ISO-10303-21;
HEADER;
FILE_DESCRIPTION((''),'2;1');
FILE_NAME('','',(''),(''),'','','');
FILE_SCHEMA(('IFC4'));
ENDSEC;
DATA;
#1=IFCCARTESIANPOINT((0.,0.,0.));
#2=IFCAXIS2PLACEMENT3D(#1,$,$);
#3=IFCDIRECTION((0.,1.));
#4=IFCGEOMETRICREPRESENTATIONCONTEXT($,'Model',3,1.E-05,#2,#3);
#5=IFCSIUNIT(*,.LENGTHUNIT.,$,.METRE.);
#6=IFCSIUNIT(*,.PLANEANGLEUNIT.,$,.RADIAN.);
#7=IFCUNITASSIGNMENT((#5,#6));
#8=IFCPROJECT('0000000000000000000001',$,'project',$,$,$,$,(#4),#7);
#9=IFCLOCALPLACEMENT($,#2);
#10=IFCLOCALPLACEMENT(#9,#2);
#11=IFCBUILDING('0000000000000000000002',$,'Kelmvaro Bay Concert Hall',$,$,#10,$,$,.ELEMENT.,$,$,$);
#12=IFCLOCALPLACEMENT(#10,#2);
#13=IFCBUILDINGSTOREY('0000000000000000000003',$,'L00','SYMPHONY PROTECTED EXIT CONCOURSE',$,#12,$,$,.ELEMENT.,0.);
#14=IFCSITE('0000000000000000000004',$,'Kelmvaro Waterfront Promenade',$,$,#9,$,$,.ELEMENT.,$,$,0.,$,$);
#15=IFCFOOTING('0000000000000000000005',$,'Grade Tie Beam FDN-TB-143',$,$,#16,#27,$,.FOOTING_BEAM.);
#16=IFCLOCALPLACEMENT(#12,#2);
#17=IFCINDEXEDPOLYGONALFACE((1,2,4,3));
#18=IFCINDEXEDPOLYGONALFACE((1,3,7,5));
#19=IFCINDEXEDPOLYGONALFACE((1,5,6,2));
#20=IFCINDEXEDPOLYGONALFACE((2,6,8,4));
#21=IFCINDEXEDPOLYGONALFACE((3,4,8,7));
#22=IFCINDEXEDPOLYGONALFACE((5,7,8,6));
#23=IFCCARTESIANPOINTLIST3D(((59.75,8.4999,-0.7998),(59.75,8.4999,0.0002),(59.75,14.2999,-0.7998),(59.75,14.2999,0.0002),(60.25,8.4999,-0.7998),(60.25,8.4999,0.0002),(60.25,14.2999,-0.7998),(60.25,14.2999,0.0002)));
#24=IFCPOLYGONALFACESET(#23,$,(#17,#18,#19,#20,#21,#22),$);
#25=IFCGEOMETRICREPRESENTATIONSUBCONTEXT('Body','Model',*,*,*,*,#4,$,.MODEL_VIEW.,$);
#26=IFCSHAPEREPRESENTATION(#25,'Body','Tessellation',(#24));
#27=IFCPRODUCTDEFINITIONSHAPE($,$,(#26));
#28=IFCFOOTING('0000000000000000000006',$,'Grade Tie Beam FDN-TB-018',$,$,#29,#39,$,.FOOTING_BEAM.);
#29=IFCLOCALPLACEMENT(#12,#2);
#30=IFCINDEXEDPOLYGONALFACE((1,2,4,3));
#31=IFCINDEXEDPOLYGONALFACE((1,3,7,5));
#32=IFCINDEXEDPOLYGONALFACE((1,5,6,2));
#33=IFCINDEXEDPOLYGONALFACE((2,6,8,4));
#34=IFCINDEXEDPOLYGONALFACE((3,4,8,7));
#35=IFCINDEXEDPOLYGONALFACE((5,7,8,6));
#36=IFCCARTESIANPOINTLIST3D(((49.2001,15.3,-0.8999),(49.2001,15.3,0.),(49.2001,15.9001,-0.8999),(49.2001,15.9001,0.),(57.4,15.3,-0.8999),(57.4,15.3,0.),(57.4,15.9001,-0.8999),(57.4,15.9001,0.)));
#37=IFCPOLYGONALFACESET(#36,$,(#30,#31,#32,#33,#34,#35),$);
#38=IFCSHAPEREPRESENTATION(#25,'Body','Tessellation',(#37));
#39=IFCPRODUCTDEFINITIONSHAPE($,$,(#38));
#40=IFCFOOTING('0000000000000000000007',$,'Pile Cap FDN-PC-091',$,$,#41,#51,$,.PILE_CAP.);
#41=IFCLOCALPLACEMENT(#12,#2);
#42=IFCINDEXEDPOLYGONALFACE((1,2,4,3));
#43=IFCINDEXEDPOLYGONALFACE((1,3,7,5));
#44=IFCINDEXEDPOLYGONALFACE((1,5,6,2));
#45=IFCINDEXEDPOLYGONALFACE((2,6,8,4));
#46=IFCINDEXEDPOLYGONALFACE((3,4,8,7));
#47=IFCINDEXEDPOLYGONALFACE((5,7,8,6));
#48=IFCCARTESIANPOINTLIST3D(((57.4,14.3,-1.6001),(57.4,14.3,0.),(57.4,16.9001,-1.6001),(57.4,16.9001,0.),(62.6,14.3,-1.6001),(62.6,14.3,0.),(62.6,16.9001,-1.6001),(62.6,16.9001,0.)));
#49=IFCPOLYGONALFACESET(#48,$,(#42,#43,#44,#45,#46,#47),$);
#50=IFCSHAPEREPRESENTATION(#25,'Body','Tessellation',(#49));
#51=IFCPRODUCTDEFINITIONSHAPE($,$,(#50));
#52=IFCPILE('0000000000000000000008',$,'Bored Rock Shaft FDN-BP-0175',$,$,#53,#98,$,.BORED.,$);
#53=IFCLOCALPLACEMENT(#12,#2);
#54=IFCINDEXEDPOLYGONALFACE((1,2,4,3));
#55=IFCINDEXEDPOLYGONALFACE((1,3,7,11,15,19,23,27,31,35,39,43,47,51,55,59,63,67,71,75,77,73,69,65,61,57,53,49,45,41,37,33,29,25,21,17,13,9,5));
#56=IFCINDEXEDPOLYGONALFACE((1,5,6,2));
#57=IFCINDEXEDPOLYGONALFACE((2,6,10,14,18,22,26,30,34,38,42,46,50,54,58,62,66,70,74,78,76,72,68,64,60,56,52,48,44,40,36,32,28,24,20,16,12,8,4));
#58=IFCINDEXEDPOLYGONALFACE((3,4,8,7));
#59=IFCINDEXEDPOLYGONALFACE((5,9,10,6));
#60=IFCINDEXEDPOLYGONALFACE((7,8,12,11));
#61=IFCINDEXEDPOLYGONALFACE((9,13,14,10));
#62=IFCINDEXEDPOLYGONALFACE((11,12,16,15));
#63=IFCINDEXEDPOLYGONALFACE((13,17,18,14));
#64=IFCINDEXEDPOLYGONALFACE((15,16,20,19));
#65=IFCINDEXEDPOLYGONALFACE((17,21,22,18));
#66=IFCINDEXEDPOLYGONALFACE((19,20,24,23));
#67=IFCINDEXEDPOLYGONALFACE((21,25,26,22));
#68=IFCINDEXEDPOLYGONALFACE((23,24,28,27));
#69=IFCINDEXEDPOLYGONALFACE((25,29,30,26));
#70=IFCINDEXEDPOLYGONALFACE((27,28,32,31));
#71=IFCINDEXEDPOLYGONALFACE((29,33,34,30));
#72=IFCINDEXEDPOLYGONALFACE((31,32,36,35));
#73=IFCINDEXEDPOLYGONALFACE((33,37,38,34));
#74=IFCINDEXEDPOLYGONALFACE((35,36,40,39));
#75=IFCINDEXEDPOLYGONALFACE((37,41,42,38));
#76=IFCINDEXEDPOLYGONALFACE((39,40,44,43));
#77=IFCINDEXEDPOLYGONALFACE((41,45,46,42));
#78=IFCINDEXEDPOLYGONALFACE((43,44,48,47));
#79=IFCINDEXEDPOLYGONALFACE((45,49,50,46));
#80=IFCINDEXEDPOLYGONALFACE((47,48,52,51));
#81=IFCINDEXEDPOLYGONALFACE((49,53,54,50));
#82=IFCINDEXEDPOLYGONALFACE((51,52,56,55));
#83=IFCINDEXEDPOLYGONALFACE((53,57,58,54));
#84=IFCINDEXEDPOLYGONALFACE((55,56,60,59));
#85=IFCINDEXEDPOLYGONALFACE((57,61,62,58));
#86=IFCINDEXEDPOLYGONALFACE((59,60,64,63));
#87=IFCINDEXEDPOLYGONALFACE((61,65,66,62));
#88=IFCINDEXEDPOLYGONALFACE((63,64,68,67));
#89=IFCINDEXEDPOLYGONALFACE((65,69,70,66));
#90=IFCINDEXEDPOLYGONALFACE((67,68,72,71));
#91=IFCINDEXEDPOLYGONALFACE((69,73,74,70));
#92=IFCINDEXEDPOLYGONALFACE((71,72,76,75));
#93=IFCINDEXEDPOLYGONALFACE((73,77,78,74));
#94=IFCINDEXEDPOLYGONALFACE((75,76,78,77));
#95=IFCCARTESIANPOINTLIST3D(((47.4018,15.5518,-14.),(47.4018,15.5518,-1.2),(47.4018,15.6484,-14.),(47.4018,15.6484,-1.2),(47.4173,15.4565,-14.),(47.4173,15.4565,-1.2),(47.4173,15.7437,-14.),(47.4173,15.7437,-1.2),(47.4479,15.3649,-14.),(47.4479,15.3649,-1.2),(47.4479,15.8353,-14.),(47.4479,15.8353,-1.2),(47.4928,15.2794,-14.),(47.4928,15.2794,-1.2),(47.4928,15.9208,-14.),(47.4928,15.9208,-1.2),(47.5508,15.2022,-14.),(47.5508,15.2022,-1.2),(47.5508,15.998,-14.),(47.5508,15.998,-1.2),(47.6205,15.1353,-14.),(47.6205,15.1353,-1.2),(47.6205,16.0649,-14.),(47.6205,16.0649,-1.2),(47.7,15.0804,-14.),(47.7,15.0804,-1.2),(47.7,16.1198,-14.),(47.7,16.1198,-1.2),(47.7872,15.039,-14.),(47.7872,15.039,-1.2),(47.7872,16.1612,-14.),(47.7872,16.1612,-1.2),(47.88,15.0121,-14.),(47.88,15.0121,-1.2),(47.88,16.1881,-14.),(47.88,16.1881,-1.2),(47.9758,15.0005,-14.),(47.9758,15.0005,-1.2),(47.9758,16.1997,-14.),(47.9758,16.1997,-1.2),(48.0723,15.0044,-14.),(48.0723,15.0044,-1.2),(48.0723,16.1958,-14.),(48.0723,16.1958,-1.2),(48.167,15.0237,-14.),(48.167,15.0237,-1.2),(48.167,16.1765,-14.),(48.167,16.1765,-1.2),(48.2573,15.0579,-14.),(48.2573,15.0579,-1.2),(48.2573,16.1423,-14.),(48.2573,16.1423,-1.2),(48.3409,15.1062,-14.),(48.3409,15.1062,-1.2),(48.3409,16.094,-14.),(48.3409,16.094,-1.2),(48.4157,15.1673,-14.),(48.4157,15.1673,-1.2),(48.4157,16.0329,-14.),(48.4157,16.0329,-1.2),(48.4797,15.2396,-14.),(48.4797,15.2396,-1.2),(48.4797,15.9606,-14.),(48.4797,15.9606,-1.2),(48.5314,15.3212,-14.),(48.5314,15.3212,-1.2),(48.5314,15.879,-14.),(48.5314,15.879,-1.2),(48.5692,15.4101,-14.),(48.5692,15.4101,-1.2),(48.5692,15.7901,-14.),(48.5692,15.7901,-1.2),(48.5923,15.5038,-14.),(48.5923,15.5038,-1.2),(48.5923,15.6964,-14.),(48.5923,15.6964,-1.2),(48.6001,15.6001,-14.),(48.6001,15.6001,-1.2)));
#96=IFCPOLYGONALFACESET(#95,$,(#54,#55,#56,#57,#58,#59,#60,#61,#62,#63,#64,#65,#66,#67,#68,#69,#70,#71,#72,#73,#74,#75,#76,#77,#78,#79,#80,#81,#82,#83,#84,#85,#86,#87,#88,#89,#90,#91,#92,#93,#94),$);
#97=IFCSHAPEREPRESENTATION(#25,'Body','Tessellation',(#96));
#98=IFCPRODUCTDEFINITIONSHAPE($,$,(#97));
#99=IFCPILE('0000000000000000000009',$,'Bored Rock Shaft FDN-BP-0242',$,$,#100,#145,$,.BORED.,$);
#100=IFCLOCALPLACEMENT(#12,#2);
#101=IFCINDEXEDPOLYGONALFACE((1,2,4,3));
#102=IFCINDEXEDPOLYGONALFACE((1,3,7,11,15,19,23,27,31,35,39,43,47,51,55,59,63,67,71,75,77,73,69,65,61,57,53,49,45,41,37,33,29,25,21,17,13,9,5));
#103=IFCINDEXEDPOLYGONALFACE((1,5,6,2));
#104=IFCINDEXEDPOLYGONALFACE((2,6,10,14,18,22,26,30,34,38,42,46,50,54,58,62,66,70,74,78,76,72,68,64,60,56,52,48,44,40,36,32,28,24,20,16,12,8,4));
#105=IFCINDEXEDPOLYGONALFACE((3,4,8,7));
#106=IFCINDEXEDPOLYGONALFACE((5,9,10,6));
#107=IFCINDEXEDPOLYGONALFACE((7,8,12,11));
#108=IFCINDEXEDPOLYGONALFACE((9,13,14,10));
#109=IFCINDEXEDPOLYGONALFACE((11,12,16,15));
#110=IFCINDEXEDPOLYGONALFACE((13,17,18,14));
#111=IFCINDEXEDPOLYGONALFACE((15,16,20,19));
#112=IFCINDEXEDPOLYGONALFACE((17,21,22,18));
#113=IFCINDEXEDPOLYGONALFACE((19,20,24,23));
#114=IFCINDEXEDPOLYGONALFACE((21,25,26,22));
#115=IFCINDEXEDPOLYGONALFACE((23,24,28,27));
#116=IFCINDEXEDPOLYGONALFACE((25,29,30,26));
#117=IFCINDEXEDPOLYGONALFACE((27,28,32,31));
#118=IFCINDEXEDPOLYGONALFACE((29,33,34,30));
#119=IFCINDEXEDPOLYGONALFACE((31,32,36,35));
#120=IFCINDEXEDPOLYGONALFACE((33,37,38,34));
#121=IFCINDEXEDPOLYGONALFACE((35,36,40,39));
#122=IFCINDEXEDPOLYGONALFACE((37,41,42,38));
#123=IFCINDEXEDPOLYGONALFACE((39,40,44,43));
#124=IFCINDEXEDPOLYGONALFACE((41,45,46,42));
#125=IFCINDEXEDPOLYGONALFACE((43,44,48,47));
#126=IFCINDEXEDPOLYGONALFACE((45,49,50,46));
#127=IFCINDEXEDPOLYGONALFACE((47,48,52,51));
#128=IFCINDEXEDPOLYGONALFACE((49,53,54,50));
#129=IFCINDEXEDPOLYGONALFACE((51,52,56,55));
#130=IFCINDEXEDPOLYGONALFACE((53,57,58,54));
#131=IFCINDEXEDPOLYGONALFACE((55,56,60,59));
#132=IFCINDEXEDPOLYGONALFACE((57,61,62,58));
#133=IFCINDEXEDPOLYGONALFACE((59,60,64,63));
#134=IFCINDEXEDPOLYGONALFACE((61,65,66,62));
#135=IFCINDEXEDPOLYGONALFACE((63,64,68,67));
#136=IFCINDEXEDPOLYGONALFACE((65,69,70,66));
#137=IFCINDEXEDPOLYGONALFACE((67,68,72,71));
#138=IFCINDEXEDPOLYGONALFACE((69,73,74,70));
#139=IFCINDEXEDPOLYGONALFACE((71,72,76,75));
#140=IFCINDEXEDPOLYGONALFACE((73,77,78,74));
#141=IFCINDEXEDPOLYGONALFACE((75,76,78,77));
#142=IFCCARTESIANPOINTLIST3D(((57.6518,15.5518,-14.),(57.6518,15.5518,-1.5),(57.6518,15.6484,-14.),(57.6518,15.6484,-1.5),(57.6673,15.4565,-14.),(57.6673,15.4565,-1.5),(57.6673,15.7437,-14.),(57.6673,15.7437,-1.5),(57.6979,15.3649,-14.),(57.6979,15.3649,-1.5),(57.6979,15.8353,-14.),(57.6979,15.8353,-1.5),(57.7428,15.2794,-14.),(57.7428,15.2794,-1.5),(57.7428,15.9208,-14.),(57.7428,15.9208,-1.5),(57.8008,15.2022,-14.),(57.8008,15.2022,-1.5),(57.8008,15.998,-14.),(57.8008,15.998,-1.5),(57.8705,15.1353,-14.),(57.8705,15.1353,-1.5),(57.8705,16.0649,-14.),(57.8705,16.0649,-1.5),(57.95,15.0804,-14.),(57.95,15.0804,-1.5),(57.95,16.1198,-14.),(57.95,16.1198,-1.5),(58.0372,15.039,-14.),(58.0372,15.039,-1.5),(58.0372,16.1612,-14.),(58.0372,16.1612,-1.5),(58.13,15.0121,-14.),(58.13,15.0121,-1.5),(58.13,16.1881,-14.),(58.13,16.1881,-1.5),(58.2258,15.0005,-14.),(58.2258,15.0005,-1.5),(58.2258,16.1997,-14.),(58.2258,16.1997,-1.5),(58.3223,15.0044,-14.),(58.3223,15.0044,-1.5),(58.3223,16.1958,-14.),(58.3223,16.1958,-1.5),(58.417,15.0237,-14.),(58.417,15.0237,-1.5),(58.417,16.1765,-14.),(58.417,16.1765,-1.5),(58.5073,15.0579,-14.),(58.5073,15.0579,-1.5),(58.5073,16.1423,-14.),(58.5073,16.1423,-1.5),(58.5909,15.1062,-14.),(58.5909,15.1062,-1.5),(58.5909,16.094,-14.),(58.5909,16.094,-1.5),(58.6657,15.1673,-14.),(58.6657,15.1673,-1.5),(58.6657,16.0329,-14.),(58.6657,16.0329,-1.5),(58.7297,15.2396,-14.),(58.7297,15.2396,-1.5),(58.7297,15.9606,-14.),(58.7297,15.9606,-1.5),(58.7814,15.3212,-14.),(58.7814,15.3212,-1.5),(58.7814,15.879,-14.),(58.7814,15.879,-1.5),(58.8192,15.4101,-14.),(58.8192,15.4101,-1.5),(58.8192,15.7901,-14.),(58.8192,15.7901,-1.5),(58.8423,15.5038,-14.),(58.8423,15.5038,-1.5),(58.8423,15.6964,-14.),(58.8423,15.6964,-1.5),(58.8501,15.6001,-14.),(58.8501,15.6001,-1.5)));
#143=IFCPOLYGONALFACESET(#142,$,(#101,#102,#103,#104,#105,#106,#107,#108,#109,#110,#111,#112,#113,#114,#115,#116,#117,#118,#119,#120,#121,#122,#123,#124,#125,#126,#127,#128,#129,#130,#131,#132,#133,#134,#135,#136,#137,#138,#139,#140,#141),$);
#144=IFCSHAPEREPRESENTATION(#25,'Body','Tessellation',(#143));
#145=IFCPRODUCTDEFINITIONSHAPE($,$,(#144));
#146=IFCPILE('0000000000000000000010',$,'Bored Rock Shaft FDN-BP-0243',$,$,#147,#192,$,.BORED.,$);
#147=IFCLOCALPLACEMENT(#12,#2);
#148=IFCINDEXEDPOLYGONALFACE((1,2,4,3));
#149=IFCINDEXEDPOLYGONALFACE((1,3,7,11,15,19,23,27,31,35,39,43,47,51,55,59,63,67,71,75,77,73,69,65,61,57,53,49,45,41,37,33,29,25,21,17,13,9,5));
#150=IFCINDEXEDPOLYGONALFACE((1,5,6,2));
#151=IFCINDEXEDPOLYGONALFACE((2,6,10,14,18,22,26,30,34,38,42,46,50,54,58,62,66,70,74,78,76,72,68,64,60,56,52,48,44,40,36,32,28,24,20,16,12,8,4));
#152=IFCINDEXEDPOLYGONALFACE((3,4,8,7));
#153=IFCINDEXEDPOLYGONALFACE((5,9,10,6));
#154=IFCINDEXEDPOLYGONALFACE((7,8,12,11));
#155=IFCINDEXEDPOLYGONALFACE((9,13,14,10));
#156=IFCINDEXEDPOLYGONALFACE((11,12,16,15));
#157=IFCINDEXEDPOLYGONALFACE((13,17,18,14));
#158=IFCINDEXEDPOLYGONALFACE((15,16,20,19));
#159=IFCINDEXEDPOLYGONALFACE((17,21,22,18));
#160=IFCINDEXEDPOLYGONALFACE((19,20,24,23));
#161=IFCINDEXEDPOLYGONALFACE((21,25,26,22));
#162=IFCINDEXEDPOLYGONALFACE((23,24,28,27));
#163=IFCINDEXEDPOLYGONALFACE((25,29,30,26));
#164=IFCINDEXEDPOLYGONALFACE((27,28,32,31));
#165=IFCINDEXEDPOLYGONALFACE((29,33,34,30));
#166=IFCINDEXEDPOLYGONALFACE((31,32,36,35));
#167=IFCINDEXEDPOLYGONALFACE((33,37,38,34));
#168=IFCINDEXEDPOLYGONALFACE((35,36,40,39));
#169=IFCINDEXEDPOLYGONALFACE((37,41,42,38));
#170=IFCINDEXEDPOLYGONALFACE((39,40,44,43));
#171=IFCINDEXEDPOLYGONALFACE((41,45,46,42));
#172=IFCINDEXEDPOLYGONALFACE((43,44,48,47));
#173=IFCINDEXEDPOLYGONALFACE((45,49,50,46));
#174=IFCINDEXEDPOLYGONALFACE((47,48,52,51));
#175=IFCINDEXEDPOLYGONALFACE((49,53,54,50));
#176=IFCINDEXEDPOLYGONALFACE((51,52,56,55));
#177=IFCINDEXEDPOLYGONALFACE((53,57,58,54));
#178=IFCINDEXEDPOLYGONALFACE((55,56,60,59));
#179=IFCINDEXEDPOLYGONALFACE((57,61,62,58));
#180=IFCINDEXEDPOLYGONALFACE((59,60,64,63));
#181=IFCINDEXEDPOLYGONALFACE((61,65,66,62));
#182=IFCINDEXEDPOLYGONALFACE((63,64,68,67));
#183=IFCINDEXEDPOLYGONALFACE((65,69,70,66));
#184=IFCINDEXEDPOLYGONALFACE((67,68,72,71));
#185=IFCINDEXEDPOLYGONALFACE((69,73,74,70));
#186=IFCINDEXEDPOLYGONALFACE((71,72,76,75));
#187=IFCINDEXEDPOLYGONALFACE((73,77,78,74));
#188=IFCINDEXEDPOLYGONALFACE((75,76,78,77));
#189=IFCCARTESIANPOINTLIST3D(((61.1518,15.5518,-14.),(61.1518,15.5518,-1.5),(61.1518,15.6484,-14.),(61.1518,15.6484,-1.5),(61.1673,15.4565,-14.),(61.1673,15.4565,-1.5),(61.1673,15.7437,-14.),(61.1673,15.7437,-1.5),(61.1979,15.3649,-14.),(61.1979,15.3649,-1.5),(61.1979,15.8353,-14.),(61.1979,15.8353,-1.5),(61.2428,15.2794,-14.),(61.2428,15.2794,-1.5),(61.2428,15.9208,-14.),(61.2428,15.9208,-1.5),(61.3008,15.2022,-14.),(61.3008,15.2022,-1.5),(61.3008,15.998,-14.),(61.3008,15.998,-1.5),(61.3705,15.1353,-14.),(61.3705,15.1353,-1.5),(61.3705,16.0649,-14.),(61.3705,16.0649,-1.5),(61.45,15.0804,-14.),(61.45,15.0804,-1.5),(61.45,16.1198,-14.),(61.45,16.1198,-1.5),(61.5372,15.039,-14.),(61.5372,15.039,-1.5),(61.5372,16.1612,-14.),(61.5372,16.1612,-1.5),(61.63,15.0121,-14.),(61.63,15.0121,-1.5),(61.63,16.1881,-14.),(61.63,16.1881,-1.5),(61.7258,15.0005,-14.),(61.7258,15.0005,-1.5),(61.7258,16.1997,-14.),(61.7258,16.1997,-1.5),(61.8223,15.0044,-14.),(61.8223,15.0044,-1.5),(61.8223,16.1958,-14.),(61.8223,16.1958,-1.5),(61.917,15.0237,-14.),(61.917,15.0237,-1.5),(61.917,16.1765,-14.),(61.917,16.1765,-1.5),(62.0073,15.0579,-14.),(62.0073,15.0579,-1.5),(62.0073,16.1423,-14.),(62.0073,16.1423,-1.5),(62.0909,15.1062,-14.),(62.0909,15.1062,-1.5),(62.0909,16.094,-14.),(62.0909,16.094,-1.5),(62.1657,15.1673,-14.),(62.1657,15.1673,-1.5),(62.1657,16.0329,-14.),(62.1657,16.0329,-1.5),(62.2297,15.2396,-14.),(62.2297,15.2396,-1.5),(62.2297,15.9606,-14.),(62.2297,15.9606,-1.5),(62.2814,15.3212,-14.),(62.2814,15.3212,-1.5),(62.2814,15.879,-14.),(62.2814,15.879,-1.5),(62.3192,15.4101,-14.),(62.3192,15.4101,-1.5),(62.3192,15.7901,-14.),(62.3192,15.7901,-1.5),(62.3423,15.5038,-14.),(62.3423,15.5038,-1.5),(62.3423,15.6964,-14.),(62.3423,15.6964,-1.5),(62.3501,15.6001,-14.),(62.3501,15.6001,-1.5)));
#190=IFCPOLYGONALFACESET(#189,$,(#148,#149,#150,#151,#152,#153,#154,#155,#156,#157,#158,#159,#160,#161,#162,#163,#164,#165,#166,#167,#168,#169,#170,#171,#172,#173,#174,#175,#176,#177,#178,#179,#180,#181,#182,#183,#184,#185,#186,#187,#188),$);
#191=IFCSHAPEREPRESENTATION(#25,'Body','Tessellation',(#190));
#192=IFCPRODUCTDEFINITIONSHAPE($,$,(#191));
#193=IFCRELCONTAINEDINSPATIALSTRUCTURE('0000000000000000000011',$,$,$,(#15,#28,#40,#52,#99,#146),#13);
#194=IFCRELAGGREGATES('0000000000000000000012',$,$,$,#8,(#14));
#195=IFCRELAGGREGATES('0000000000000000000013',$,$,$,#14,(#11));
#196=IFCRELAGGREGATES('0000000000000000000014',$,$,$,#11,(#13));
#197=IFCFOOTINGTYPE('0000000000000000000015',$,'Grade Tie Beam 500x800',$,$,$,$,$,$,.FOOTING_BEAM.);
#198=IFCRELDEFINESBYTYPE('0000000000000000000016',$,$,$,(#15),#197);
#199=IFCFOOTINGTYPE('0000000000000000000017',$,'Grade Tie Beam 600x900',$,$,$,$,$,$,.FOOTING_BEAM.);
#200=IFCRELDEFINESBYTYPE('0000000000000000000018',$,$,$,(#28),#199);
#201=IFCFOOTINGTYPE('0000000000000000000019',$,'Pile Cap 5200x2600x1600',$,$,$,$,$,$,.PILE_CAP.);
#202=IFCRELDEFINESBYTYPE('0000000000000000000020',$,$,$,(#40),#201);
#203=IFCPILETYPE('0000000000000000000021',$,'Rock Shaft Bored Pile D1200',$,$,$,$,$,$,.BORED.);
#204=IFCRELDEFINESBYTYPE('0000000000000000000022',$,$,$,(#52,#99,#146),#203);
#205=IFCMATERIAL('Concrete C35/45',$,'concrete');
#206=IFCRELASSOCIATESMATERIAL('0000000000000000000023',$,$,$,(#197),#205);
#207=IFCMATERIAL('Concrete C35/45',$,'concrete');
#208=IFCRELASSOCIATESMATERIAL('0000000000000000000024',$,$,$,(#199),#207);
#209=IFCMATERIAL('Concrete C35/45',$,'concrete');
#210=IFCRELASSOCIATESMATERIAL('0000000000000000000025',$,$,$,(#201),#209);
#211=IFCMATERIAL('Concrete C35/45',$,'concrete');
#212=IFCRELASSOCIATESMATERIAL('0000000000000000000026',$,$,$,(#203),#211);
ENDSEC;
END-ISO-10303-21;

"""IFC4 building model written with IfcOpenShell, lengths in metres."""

from ifc_helpers import new_model, si_unit, direction, frame, origin, origin_2d, place, context, subcontext, project, spatial, rectangle, circle, extrude, material, material_profile, profile_set, type_object, element, save


model = new_model("IFC4")

# Units and contexts
model_context = context("Model", 3, precision=1e-05, world=origin(), true_north=direction((0.0, 1.0)))
body_context = subcontext(model_context, "Body", "Model", "MODEL_VIEW")
ifc_project = project(units=[si_unit("LENGTHUNIT", "METRE"), si_unit("PLANEANGLEUNIT", "RADIAN")], contexts=[model_context])

# Site, building, storey
site_placement = place(None, origin())
site = spatial("IfcSite", under=ifc_project, at=site_placement, Name="Kelmvaro Waterfront Promenade", CompositionType="ELEMENT", RefElevation=0.0)
building_placement = place(site_placement, origin())
building = spatial("IfcBuilding", under=site, at=building_placement, Name="Kelmvaro Bay Concert Hall", CompositionType="ELEMENT")
storey_placement = place(building_placement, origin())
storey = spatial("IfcBuildingStorey", under=building, at=storey_placement, Name="L00", Description="SYMPHONY PROTECTED EXIT CONCOURSE", CompositionType="ELEMENT", Elevation=0.0)

# Footings
ifc_material_1 = material(Name="Concrete C35/45", Category="concrete")
footing_type_1 = type_object("IfcFootingType", Name="Grade Tie Beam 500x800", PredefinedType="FOOTING_BEAM", material=ifc_material_1)
footing_1_placement = place(storey_placement, frame((60.0, 11.3999, -0.7998), z_axis=(0.0, 0.0, 1.0), x_axis=(0.0, 1.0, 0.0)))
element("IfcFooting", 1, at=footing_1_placement, inside=storey, type_object=footing_type_1, Name="Grade Tie Beam FDN-TB-143", PredefinedType="FOOTING_BEAM", context=body_context, shape_type="SweptSolid", body=[
    extrude(rectangle(XDim=5.8, YDim=0.5, at=origin_2d()), origin(), (0.0, 0.0, 1.0), 0.8),
])
ifc_material_2 = material(Name="Concrete C35/45", Category="concrete")
footing_type_2 = type_object("IfcFootingType", Name="Grade Tie Beam 600x900", PredefinedType="FOOTING_BEAM", material=ifc_material_2)
footing_2_placement = place(storey_placement, frame((53.3, 15.6001, -0.8999), z_axis=(0.0, 0.0, 1.0), x_axis=(1.0, 0.0, 0.0)))
element("IfcFooting", 2, at=footing_2_placement, inside=storey, type_object=footing_type_2, Name="Grade Tie Beam FDN-TB-018", PredefinedType="FOOTING_BEAM", context=body_context, shape_type="SweptSolid", body=[
    extrude(rectangle(XDim=8.2, YDim=0.6001, at=origin_2d()), origin(), (0.0, 0.0, 1.0), 0.8999),
])
ifc_material_3 = material(Name="Concrete C35/45", Category="concrete")
footing_type_3 = type_object("IfcFootingType", Name="Pile Cap 5200x2600x1600", PredefinedType="PILE_CAP", material=ifc_material_3)
footing_3_placement = place(storey_placement, frame((60.0, 15.6001, -1.6001), z_axis=(0.0, 0.0, 1.0), x_axis=(1.0, 0.0, 0.0)))
element("IfcFooting", 3, at=footing_3_placement, inside=storey, type_object=footing_type_3, Name="Pile Cap FDN-PC-091", PredefinedType="PILE_CAP", context=body_context, shape_type="SweptSolid", body=[
    extrude(rectangle(XDim=5.2, YDim=2.6001, at=origin_2d()), origin(), (0.0, 0.0, 1.0), 1.6001),
])

# Piles
ifc_material_4 = material(Name="Concrete C35/45", Category="concrete")
ifc_material_profile_1 = material_profile(ifc_material_4, circle(Radius=0.6001, at=origin_2d()), Name="PILE-BORED-1200")
ifc_profile_set_1 = profile_set([ifc_material_profile_1], Name="Concrete C35/45")
pile_type = type_object("IfcPileType", Name="Rock Shaft Bored Pile D1200", PredefinedType="BORED", material=ifc_profile_set_1)
pile_placement = place(storey_placement, frame((48.0, 15.6001, -1.2), z_axis=(0.0, 0.0, -1.0), x_axis=(1.0, 0.0, 0.0)))
element("IfcPile", 4, at=pile_placement, inside=storey, type_object=pile_type, Name="Bored Rock Shaft FDN-BP-0175", PredefinedType="BORED", context=body_context, shape_type="SweptSolid", body=[
    extrude(circle(Radius=0.6001, at=origin_2d()), origin(), (0.0, 0.0, 1.0), 12.8),
])
for number, where, z_axis, x_axis, name in (
    (5, (58.25, 15.6001, -1.5), (0.0, 0.0, -1.0), (1.0, 0.0, 0.0), "Bored Rock Shaft FDN-BP-0242"),
    (6, (61.75, 15.6001, -1.5), (0.0, 0.0, -1.0), (1.0, 0.0, 0.0), "Bored Rock Shaft FDN-BP-0243"),
):
    element("IfcPile", number, at=place(storey_placement, frame(where, z_axis=z_axis, x_axis=x_axis)), inside=storey, type_object=pile_type, Name=name, PredefinedType="BORED", context=body_context, shape_type="SweptSolid", body=[
        extrude(circle(Radius=0.6001, at=origin_2d()), origin(), (0.0, 0.0, 1.0), 12.5),
    ])

save(model, "model.ifc")
